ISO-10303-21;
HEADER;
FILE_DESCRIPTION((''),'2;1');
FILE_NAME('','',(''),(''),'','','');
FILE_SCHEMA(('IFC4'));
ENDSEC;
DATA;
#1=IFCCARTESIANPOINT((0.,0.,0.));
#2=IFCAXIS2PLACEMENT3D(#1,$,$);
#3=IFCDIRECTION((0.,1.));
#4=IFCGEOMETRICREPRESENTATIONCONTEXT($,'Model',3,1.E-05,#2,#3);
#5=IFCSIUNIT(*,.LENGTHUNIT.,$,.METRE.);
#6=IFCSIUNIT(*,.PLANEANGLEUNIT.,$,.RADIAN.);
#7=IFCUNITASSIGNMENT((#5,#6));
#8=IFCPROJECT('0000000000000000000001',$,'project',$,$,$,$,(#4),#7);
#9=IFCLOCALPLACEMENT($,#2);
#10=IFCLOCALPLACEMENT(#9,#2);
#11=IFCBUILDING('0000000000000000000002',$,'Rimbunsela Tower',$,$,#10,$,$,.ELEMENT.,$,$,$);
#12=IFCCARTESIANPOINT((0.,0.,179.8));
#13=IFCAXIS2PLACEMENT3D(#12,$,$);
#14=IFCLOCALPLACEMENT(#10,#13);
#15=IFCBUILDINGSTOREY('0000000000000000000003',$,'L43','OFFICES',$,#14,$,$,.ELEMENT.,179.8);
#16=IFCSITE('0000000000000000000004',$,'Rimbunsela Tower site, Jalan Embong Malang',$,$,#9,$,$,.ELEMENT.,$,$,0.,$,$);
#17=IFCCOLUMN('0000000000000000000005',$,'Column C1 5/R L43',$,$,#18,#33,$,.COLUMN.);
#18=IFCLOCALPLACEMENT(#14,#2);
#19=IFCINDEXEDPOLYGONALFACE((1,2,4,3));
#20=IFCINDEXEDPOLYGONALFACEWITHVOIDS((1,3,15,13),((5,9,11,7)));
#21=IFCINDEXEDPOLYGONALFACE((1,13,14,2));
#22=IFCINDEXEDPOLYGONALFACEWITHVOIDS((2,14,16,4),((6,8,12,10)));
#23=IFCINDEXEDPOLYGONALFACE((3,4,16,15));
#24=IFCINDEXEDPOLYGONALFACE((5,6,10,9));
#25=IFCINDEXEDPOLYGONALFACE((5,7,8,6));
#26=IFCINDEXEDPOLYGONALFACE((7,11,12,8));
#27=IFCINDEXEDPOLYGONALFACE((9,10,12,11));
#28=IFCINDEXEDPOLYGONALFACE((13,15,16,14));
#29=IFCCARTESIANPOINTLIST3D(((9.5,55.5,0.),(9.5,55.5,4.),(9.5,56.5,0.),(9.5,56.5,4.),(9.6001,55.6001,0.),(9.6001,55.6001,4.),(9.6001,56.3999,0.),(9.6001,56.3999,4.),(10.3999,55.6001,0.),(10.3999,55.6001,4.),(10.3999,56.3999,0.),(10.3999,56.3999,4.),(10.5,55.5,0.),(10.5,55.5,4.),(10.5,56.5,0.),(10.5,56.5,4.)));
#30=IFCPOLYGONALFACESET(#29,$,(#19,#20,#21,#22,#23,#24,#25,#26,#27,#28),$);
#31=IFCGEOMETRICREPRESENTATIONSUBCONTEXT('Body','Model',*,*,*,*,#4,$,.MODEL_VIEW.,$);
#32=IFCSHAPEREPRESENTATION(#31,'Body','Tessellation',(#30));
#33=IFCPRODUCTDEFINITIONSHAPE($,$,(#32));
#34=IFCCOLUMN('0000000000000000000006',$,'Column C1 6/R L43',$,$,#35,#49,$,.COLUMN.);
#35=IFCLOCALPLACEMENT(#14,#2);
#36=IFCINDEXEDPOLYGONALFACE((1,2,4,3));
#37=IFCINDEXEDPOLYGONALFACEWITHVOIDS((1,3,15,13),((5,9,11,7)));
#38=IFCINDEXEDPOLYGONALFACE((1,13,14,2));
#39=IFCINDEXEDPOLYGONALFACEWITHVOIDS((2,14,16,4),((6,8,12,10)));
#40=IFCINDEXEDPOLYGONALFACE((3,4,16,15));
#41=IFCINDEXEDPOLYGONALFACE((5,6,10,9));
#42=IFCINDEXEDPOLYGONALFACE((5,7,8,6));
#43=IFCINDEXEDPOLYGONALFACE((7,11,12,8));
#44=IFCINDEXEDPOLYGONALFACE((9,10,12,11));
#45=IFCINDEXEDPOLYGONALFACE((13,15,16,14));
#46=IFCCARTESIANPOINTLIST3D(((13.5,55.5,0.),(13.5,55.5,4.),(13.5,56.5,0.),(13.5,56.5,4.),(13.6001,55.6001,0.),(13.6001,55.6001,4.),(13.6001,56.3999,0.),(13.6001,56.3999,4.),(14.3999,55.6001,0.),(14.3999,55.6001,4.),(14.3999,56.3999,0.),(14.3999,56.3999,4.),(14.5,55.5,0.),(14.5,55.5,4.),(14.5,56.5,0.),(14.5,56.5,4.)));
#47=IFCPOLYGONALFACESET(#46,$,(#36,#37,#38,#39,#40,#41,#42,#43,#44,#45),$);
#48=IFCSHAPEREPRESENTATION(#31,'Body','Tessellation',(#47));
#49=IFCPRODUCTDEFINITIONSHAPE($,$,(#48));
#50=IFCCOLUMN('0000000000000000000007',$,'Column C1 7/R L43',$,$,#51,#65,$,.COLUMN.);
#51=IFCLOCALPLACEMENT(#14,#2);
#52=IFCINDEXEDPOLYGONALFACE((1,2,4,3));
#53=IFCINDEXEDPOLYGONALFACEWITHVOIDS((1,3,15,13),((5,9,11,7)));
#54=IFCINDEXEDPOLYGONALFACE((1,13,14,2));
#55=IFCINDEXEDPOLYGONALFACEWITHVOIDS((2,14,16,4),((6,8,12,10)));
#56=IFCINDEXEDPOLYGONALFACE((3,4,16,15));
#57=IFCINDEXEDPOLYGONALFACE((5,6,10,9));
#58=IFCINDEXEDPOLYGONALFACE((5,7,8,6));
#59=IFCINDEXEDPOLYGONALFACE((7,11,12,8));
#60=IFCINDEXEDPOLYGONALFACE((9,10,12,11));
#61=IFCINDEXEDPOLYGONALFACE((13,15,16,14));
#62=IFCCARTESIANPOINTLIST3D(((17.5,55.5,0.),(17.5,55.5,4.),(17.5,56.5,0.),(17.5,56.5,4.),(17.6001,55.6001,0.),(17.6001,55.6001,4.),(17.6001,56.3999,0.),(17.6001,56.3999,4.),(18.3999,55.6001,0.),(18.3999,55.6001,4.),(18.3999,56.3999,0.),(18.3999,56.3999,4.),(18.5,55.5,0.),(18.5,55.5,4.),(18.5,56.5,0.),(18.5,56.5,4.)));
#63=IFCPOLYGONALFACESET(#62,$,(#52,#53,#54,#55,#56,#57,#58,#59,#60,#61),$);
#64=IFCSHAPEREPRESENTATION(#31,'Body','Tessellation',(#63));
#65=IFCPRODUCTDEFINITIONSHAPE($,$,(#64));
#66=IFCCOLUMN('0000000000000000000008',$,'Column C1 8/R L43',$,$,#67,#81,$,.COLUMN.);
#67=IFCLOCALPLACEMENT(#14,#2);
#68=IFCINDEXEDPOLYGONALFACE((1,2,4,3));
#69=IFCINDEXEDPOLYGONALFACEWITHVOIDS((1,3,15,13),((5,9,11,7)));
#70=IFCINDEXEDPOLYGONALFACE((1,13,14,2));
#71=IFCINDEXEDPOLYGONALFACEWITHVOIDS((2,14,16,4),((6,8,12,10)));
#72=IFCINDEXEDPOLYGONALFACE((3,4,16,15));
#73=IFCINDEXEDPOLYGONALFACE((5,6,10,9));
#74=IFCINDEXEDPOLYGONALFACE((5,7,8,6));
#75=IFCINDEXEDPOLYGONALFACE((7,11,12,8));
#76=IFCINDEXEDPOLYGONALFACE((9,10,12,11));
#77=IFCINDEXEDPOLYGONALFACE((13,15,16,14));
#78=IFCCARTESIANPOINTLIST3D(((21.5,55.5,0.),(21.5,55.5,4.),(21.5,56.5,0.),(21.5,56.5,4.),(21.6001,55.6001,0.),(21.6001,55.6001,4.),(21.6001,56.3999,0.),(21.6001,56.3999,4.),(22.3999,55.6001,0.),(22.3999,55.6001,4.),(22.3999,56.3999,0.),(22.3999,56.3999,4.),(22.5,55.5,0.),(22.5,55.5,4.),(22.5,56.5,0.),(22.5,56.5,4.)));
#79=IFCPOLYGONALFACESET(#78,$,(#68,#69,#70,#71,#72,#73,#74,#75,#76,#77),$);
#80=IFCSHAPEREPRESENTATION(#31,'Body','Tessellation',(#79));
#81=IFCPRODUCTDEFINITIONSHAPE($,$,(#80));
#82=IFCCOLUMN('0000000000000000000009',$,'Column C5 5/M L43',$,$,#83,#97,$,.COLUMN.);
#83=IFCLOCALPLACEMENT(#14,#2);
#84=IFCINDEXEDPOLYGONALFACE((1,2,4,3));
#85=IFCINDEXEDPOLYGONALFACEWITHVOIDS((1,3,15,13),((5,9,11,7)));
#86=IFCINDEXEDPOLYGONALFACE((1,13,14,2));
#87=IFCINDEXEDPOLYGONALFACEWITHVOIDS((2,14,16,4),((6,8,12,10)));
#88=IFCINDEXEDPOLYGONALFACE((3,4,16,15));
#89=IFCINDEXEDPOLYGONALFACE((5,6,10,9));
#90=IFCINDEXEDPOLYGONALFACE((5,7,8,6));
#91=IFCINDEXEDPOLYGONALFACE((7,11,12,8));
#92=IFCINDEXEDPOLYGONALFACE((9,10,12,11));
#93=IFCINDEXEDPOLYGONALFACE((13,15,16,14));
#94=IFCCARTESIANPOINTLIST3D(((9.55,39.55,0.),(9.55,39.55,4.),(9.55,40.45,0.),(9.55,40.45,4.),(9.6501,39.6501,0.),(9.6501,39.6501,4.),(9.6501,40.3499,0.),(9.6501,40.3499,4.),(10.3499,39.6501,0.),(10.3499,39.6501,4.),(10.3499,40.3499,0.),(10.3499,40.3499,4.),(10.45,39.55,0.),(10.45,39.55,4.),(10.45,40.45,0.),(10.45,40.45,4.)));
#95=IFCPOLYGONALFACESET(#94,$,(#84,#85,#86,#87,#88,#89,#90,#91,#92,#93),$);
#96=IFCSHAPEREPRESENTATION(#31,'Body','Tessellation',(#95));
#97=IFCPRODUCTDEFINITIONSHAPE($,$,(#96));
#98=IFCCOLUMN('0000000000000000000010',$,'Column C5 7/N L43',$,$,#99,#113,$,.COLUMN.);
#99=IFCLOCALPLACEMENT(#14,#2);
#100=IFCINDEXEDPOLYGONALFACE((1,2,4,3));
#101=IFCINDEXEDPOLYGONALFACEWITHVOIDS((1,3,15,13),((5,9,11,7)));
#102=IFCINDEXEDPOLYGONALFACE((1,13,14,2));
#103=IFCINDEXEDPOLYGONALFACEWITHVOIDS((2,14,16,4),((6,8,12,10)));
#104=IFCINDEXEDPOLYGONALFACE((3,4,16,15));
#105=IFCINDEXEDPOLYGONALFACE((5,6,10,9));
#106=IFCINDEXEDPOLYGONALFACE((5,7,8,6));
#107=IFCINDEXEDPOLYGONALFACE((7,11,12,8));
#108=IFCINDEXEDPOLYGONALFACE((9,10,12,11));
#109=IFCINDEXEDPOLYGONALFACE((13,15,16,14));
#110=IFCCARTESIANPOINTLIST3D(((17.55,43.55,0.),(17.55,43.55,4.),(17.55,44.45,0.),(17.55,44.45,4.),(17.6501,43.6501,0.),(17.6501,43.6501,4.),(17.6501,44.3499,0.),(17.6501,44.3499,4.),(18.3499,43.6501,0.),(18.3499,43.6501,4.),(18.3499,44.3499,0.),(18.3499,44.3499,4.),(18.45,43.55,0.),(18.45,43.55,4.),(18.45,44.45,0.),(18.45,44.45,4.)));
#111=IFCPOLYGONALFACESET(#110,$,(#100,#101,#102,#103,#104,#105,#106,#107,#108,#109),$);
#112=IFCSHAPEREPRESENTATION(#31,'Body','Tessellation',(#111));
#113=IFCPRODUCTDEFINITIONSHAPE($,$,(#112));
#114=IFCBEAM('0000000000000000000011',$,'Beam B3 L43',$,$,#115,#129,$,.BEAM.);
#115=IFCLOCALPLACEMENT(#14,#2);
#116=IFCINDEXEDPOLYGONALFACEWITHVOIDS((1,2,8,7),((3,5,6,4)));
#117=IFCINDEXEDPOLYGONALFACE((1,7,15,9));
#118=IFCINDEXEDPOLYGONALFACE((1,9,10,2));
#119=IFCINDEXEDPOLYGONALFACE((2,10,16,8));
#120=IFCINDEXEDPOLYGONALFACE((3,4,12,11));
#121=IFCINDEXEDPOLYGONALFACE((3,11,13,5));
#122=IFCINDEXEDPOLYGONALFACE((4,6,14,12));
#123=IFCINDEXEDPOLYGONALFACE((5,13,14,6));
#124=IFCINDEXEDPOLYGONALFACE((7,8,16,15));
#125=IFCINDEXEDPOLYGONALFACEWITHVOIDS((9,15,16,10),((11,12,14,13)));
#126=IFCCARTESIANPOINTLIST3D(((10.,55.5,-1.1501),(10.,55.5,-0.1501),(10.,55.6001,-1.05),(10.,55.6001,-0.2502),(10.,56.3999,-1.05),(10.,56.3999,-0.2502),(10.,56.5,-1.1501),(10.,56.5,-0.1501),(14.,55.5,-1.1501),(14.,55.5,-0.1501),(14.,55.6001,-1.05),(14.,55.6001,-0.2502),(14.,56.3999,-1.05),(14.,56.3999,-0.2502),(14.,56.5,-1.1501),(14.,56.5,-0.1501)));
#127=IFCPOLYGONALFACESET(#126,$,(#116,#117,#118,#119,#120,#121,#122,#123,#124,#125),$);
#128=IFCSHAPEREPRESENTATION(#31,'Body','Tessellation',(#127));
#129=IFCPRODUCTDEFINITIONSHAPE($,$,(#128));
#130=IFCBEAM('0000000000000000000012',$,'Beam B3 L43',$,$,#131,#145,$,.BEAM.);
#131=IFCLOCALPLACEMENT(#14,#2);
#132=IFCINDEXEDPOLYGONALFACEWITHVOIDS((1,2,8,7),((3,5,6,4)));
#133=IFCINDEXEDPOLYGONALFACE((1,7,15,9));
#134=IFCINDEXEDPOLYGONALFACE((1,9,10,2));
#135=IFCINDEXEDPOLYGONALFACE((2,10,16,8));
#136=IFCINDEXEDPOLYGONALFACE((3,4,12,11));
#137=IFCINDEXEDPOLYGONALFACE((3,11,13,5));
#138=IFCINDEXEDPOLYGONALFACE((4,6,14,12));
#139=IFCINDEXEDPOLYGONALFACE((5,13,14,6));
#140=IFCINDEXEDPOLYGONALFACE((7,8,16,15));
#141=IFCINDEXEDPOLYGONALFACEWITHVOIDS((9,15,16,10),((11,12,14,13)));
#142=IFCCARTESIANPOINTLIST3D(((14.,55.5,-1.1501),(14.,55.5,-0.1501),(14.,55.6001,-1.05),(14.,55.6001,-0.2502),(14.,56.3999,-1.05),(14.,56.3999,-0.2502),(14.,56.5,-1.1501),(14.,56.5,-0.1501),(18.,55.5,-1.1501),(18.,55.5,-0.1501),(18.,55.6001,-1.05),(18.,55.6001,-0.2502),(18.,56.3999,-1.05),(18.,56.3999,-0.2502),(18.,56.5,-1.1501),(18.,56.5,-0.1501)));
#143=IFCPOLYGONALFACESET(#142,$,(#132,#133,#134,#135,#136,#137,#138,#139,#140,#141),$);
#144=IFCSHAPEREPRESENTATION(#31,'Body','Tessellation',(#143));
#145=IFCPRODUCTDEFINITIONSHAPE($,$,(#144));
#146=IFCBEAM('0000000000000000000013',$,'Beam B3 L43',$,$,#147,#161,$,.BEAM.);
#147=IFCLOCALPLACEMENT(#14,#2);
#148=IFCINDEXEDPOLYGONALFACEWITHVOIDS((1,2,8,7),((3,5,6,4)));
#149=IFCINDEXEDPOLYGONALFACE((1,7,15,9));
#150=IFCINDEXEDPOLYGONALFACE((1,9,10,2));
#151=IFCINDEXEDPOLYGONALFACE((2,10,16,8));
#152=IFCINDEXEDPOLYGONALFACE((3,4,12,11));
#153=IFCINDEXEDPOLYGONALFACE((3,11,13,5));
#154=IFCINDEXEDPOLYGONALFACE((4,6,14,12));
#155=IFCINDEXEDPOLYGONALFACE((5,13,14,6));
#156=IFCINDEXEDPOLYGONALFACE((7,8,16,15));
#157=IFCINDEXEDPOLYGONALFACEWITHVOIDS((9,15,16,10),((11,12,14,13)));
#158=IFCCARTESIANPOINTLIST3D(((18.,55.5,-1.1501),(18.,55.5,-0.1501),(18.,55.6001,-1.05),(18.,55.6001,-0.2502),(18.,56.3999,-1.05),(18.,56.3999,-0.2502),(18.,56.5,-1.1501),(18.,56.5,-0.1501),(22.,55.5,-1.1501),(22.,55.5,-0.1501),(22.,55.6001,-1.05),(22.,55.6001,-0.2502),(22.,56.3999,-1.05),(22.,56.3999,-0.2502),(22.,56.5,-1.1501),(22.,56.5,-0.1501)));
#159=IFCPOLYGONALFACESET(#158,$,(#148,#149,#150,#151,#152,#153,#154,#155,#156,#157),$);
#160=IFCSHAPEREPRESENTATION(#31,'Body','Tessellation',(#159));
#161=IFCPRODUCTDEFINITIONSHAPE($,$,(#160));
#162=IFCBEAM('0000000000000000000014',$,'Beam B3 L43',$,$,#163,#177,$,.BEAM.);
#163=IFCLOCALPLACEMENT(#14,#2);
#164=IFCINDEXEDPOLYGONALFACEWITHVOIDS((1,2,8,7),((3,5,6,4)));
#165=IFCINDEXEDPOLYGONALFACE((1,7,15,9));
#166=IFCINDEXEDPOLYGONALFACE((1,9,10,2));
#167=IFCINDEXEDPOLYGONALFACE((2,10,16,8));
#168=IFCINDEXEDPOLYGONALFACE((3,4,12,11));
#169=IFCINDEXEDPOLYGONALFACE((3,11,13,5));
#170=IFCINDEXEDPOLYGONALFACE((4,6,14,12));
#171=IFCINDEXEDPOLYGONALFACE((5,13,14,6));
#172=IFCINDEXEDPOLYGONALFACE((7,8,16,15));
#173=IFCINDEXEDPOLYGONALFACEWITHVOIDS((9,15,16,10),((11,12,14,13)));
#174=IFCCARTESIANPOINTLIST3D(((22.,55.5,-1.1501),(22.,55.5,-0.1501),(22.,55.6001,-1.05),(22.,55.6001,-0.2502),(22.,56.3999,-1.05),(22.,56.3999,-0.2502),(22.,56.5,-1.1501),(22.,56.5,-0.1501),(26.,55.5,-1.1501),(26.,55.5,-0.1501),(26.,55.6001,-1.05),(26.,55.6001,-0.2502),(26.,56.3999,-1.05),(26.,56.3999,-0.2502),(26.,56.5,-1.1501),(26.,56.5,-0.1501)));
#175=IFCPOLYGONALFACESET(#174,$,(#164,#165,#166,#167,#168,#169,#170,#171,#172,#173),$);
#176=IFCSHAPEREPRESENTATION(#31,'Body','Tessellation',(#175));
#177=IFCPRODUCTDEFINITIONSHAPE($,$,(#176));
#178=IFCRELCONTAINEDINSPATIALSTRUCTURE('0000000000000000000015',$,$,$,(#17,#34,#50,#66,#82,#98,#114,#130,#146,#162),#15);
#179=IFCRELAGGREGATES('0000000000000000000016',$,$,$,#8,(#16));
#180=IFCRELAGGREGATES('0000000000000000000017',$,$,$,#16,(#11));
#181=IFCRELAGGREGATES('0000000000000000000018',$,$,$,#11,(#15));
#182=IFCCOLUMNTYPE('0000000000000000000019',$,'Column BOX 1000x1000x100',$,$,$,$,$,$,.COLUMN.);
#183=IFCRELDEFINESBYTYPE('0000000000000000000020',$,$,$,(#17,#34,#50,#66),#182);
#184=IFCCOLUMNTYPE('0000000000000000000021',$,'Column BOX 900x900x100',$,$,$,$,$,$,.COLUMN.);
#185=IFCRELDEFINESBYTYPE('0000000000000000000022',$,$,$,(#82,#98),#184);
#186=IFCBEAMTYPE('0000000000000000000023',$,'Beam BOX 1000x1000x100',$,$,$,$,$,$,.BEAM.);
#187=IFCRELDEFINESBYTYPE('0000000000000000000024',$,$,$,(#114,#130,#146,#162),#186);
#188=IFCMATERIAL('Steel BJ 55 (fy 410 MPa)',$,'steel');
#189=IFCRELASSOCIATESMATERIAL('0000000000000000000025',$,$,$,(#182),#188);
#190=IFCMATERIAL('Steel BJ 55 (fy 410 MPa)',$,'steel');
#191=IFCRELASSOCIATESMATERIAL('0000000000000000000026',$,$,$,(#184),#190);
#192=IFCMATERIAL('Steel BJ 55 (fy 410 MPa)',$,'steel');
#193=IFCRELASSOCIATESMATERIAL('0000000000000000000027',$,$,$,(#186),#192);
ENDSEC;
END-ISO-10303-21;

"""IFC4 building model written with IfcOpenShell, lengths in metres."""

from ifc_helpers import new_model, si_unit, direction, frame, origin, origin_2d, place, context, subcontext, project, spatial, hollow_rectangle, extrude, material, material_profile, profile_set, type_object, element, save


model = new_model("IFC4")

# Units and contexts
model_context = context("Model", 3, precision=1e-05, world=origin(), true_north=direction((0.0, 1.0)))
body_context = subcontext(model_context, "Body", "Model", "MODEL_VIEW")
ifc_project = project(units=[si_unit("LENGTHUNIT", "METRE"), si_unit("PLANEANGLEUNIT", "RADIAN")], contexts=[model_context])

# Site, building, storey
site_placement = place(None, origin())
site = spatial("IfcSite", under=ifc_project, at=site_placement, Name="Rimbunsela Tower site, Jalan Embong Malang", CompositionType="ELEMENT", RefElevation=0.0)
building_placement = place(site_placement, origin())
building = spatial("IfcBuilding", under=site, at=building_placement, Name="Rimbunsela Tower", CompositionType="ELEMENT")
storey_placement = place(building_placement, frame((0.0, 0.0, 179.8)))
storey = spatial("IfcBuildingStorey", under=building, at=storey_placement, Name="L43", Description="OFFICES", CompositionType="ELEMENT", Elevation=179.8)

# Columns
ifc_material_1 = material(Name="Steel BJ 55 (fy 410 MPa)", Category="steel")
ifc_material_profile_1 = material_profile(ifc_material_1, hollow_rectangle(XDim=1.0, YDim=1.0, WallThickness=0.1001, at=origin_2d()), Name="BOX 1000x1000x100")
ifc_profile_set_1 = profile_set([ifc_material_profile_1], Name="Steel BJ 55 (fy 410 MPa)")
column_type_1 = type_object("IfcColumnType", Name="Column BOX 1000x1000x100", PredefinedType="COLUMN", material=ifc_profile_set_1)
for number, where, z_axis, x_axis, name in (
    (1, (10.0, 56.0, 0.0), (0.0, 0.0, 1.0), (1.0, 0.0, 0.0), "Column C1 5/R L43"),
    (2, (14.0, 56.0, 0.0), (0.0, 0.0, 1.0), (1.0, 0.0, 0.0), "Column C1 6/R L43"),
    (3, (18.0, 56.0, 0.0), (0.0, 0.0, 1.0), (1.0, 0.0, 0.0), "Column C1 7/R L43"),
    (4, (22.0, 56.0, 0.0), (0.0, 0.0, 1.0), (1.0, 0.0, 0.0), "Column C1 8/R L43"),
):
    element("IfcColumn", number, at=place(storey_placement, frame(where, z_axis=z_axis, x_axis=x_axis)), inside=storey, type_object=column_type_1, Name=name, PredefinedType="COLUMN", context=body_context, shape_type="SweptSolid", body=[
        extrude(hollow_rectangle(XDim=1.0, YDim=1.0, WallThickness=0.1001, at=origin_2d()), origin(), (0.0, 0.0, 1.0), 4.0),
    ])
ifc_material_2 = material(Name="Steel BJ 55 (fy 410 MPa)", Category="steel")
ifc_material_profile_2 = material_profile(ifc_material_2, hollow_rectangle(XDim=0.8999, YDim=0.8999, WallThickness=0.1001, at=origin_2d()), Name="BOX 900x900x100")
ifc_profile_set_2 = profile_set([ifc_material_profile_2], Name="Steel BJ 55 (fy 410 MPa)")
column_type_2 = type_object("IfcColumnType", Name="Column BOX 900x900x100", PredefinedType="COLUMN", material=ifc_profile_set_2)
for number, where, z_axis, x_axis, name in (
    (5, (10.0, 40.0, 0.0), (0.0, 0.0, 1.0), (1.0, 0.0, 0.0), "Column C5 5/M L43"),
    (6, (18.0, 44.0, 0.0), (0.0, 0.0, 1.0), (1.0, 0.0, 0.0), "Column C5 7/N L43"),
):
    element("IfcColumn", number, at=place(storey_placement, frame(where, z_axis=z_axis, x_axis=x_axis)), inside=storey, type_object=column_type_2, Name=name, PredefinedType="COLUMN", context=body_context, shape_type="SweptSolid", body=[
        extrude(hollow_rectangle(XDim=0.8999, YDim=0.8999, WallThickness=0.1001, at=origin_2d()), origin(), (0.0, 0.0, 1.0), 4.0),
    ])

# Beams
ifc_material_3 = material(Name="Steel BJ 55 (fy 410 MPa)", Category="steel")
ifc_material_profile_3 = material_profile(ifc_material_3, hollow_rectangle(XDim=1.0, YDim=1.0, WallThickness=0.1001, at=origin_2d()), Name="BOX 1000x1000x100")
ifc_profile_set_3 = profile_set([ifc_material_profile_3], Name="Steel BJ 55 (fy 410 MPa)")
beam_type_1 = type_object("IfcBeamType", Name="Beam BOX 1000x1000x100", PredefinedType="BEAM", material=ifc_profile_set_3)
for number, where, z_axis, x_axis, name in (
    (7, (10.0, 56.0, -0.6501), (1.0, 0.0, 0.0), (0.0, 1.0, 0.0), "Beam B3 L43"),
    (8, (14.0, 56.0, -0.6501), (1.0, 0.0, 0.0), (0.0, 1.0, 0.0), "Beam B3 L43"),
    (9, (18.0, 56.0, -0.6501), (1.0, 0.0, 0.0), (0.0, 1.0, 0.0), "Beam B3 L43"),
    (10, (22.0, 56.0, -0.6501), (1.0, 0.0, 0.0), (0.0, 1.0, 0.0), "Beam B3 L43"),
):
    element("IfcBeam", number, at=place(storey_placement, frame(where, z_axis=z_axis, x_axis=x_axis)), inside=storey, type_object=beam_type_1, Name=name, PredefinedType="BEAM", context=body_context, shape_type="SweptSolid", body=[
        extrude(hollow_rectangle(XDim=1.0, YDim=1.0, WallThickness=0.1001, at=origin_2d()), origin(), (0.0, 0.0, 1.0), 4.0),
    ])

save(model, "model.ifc")
